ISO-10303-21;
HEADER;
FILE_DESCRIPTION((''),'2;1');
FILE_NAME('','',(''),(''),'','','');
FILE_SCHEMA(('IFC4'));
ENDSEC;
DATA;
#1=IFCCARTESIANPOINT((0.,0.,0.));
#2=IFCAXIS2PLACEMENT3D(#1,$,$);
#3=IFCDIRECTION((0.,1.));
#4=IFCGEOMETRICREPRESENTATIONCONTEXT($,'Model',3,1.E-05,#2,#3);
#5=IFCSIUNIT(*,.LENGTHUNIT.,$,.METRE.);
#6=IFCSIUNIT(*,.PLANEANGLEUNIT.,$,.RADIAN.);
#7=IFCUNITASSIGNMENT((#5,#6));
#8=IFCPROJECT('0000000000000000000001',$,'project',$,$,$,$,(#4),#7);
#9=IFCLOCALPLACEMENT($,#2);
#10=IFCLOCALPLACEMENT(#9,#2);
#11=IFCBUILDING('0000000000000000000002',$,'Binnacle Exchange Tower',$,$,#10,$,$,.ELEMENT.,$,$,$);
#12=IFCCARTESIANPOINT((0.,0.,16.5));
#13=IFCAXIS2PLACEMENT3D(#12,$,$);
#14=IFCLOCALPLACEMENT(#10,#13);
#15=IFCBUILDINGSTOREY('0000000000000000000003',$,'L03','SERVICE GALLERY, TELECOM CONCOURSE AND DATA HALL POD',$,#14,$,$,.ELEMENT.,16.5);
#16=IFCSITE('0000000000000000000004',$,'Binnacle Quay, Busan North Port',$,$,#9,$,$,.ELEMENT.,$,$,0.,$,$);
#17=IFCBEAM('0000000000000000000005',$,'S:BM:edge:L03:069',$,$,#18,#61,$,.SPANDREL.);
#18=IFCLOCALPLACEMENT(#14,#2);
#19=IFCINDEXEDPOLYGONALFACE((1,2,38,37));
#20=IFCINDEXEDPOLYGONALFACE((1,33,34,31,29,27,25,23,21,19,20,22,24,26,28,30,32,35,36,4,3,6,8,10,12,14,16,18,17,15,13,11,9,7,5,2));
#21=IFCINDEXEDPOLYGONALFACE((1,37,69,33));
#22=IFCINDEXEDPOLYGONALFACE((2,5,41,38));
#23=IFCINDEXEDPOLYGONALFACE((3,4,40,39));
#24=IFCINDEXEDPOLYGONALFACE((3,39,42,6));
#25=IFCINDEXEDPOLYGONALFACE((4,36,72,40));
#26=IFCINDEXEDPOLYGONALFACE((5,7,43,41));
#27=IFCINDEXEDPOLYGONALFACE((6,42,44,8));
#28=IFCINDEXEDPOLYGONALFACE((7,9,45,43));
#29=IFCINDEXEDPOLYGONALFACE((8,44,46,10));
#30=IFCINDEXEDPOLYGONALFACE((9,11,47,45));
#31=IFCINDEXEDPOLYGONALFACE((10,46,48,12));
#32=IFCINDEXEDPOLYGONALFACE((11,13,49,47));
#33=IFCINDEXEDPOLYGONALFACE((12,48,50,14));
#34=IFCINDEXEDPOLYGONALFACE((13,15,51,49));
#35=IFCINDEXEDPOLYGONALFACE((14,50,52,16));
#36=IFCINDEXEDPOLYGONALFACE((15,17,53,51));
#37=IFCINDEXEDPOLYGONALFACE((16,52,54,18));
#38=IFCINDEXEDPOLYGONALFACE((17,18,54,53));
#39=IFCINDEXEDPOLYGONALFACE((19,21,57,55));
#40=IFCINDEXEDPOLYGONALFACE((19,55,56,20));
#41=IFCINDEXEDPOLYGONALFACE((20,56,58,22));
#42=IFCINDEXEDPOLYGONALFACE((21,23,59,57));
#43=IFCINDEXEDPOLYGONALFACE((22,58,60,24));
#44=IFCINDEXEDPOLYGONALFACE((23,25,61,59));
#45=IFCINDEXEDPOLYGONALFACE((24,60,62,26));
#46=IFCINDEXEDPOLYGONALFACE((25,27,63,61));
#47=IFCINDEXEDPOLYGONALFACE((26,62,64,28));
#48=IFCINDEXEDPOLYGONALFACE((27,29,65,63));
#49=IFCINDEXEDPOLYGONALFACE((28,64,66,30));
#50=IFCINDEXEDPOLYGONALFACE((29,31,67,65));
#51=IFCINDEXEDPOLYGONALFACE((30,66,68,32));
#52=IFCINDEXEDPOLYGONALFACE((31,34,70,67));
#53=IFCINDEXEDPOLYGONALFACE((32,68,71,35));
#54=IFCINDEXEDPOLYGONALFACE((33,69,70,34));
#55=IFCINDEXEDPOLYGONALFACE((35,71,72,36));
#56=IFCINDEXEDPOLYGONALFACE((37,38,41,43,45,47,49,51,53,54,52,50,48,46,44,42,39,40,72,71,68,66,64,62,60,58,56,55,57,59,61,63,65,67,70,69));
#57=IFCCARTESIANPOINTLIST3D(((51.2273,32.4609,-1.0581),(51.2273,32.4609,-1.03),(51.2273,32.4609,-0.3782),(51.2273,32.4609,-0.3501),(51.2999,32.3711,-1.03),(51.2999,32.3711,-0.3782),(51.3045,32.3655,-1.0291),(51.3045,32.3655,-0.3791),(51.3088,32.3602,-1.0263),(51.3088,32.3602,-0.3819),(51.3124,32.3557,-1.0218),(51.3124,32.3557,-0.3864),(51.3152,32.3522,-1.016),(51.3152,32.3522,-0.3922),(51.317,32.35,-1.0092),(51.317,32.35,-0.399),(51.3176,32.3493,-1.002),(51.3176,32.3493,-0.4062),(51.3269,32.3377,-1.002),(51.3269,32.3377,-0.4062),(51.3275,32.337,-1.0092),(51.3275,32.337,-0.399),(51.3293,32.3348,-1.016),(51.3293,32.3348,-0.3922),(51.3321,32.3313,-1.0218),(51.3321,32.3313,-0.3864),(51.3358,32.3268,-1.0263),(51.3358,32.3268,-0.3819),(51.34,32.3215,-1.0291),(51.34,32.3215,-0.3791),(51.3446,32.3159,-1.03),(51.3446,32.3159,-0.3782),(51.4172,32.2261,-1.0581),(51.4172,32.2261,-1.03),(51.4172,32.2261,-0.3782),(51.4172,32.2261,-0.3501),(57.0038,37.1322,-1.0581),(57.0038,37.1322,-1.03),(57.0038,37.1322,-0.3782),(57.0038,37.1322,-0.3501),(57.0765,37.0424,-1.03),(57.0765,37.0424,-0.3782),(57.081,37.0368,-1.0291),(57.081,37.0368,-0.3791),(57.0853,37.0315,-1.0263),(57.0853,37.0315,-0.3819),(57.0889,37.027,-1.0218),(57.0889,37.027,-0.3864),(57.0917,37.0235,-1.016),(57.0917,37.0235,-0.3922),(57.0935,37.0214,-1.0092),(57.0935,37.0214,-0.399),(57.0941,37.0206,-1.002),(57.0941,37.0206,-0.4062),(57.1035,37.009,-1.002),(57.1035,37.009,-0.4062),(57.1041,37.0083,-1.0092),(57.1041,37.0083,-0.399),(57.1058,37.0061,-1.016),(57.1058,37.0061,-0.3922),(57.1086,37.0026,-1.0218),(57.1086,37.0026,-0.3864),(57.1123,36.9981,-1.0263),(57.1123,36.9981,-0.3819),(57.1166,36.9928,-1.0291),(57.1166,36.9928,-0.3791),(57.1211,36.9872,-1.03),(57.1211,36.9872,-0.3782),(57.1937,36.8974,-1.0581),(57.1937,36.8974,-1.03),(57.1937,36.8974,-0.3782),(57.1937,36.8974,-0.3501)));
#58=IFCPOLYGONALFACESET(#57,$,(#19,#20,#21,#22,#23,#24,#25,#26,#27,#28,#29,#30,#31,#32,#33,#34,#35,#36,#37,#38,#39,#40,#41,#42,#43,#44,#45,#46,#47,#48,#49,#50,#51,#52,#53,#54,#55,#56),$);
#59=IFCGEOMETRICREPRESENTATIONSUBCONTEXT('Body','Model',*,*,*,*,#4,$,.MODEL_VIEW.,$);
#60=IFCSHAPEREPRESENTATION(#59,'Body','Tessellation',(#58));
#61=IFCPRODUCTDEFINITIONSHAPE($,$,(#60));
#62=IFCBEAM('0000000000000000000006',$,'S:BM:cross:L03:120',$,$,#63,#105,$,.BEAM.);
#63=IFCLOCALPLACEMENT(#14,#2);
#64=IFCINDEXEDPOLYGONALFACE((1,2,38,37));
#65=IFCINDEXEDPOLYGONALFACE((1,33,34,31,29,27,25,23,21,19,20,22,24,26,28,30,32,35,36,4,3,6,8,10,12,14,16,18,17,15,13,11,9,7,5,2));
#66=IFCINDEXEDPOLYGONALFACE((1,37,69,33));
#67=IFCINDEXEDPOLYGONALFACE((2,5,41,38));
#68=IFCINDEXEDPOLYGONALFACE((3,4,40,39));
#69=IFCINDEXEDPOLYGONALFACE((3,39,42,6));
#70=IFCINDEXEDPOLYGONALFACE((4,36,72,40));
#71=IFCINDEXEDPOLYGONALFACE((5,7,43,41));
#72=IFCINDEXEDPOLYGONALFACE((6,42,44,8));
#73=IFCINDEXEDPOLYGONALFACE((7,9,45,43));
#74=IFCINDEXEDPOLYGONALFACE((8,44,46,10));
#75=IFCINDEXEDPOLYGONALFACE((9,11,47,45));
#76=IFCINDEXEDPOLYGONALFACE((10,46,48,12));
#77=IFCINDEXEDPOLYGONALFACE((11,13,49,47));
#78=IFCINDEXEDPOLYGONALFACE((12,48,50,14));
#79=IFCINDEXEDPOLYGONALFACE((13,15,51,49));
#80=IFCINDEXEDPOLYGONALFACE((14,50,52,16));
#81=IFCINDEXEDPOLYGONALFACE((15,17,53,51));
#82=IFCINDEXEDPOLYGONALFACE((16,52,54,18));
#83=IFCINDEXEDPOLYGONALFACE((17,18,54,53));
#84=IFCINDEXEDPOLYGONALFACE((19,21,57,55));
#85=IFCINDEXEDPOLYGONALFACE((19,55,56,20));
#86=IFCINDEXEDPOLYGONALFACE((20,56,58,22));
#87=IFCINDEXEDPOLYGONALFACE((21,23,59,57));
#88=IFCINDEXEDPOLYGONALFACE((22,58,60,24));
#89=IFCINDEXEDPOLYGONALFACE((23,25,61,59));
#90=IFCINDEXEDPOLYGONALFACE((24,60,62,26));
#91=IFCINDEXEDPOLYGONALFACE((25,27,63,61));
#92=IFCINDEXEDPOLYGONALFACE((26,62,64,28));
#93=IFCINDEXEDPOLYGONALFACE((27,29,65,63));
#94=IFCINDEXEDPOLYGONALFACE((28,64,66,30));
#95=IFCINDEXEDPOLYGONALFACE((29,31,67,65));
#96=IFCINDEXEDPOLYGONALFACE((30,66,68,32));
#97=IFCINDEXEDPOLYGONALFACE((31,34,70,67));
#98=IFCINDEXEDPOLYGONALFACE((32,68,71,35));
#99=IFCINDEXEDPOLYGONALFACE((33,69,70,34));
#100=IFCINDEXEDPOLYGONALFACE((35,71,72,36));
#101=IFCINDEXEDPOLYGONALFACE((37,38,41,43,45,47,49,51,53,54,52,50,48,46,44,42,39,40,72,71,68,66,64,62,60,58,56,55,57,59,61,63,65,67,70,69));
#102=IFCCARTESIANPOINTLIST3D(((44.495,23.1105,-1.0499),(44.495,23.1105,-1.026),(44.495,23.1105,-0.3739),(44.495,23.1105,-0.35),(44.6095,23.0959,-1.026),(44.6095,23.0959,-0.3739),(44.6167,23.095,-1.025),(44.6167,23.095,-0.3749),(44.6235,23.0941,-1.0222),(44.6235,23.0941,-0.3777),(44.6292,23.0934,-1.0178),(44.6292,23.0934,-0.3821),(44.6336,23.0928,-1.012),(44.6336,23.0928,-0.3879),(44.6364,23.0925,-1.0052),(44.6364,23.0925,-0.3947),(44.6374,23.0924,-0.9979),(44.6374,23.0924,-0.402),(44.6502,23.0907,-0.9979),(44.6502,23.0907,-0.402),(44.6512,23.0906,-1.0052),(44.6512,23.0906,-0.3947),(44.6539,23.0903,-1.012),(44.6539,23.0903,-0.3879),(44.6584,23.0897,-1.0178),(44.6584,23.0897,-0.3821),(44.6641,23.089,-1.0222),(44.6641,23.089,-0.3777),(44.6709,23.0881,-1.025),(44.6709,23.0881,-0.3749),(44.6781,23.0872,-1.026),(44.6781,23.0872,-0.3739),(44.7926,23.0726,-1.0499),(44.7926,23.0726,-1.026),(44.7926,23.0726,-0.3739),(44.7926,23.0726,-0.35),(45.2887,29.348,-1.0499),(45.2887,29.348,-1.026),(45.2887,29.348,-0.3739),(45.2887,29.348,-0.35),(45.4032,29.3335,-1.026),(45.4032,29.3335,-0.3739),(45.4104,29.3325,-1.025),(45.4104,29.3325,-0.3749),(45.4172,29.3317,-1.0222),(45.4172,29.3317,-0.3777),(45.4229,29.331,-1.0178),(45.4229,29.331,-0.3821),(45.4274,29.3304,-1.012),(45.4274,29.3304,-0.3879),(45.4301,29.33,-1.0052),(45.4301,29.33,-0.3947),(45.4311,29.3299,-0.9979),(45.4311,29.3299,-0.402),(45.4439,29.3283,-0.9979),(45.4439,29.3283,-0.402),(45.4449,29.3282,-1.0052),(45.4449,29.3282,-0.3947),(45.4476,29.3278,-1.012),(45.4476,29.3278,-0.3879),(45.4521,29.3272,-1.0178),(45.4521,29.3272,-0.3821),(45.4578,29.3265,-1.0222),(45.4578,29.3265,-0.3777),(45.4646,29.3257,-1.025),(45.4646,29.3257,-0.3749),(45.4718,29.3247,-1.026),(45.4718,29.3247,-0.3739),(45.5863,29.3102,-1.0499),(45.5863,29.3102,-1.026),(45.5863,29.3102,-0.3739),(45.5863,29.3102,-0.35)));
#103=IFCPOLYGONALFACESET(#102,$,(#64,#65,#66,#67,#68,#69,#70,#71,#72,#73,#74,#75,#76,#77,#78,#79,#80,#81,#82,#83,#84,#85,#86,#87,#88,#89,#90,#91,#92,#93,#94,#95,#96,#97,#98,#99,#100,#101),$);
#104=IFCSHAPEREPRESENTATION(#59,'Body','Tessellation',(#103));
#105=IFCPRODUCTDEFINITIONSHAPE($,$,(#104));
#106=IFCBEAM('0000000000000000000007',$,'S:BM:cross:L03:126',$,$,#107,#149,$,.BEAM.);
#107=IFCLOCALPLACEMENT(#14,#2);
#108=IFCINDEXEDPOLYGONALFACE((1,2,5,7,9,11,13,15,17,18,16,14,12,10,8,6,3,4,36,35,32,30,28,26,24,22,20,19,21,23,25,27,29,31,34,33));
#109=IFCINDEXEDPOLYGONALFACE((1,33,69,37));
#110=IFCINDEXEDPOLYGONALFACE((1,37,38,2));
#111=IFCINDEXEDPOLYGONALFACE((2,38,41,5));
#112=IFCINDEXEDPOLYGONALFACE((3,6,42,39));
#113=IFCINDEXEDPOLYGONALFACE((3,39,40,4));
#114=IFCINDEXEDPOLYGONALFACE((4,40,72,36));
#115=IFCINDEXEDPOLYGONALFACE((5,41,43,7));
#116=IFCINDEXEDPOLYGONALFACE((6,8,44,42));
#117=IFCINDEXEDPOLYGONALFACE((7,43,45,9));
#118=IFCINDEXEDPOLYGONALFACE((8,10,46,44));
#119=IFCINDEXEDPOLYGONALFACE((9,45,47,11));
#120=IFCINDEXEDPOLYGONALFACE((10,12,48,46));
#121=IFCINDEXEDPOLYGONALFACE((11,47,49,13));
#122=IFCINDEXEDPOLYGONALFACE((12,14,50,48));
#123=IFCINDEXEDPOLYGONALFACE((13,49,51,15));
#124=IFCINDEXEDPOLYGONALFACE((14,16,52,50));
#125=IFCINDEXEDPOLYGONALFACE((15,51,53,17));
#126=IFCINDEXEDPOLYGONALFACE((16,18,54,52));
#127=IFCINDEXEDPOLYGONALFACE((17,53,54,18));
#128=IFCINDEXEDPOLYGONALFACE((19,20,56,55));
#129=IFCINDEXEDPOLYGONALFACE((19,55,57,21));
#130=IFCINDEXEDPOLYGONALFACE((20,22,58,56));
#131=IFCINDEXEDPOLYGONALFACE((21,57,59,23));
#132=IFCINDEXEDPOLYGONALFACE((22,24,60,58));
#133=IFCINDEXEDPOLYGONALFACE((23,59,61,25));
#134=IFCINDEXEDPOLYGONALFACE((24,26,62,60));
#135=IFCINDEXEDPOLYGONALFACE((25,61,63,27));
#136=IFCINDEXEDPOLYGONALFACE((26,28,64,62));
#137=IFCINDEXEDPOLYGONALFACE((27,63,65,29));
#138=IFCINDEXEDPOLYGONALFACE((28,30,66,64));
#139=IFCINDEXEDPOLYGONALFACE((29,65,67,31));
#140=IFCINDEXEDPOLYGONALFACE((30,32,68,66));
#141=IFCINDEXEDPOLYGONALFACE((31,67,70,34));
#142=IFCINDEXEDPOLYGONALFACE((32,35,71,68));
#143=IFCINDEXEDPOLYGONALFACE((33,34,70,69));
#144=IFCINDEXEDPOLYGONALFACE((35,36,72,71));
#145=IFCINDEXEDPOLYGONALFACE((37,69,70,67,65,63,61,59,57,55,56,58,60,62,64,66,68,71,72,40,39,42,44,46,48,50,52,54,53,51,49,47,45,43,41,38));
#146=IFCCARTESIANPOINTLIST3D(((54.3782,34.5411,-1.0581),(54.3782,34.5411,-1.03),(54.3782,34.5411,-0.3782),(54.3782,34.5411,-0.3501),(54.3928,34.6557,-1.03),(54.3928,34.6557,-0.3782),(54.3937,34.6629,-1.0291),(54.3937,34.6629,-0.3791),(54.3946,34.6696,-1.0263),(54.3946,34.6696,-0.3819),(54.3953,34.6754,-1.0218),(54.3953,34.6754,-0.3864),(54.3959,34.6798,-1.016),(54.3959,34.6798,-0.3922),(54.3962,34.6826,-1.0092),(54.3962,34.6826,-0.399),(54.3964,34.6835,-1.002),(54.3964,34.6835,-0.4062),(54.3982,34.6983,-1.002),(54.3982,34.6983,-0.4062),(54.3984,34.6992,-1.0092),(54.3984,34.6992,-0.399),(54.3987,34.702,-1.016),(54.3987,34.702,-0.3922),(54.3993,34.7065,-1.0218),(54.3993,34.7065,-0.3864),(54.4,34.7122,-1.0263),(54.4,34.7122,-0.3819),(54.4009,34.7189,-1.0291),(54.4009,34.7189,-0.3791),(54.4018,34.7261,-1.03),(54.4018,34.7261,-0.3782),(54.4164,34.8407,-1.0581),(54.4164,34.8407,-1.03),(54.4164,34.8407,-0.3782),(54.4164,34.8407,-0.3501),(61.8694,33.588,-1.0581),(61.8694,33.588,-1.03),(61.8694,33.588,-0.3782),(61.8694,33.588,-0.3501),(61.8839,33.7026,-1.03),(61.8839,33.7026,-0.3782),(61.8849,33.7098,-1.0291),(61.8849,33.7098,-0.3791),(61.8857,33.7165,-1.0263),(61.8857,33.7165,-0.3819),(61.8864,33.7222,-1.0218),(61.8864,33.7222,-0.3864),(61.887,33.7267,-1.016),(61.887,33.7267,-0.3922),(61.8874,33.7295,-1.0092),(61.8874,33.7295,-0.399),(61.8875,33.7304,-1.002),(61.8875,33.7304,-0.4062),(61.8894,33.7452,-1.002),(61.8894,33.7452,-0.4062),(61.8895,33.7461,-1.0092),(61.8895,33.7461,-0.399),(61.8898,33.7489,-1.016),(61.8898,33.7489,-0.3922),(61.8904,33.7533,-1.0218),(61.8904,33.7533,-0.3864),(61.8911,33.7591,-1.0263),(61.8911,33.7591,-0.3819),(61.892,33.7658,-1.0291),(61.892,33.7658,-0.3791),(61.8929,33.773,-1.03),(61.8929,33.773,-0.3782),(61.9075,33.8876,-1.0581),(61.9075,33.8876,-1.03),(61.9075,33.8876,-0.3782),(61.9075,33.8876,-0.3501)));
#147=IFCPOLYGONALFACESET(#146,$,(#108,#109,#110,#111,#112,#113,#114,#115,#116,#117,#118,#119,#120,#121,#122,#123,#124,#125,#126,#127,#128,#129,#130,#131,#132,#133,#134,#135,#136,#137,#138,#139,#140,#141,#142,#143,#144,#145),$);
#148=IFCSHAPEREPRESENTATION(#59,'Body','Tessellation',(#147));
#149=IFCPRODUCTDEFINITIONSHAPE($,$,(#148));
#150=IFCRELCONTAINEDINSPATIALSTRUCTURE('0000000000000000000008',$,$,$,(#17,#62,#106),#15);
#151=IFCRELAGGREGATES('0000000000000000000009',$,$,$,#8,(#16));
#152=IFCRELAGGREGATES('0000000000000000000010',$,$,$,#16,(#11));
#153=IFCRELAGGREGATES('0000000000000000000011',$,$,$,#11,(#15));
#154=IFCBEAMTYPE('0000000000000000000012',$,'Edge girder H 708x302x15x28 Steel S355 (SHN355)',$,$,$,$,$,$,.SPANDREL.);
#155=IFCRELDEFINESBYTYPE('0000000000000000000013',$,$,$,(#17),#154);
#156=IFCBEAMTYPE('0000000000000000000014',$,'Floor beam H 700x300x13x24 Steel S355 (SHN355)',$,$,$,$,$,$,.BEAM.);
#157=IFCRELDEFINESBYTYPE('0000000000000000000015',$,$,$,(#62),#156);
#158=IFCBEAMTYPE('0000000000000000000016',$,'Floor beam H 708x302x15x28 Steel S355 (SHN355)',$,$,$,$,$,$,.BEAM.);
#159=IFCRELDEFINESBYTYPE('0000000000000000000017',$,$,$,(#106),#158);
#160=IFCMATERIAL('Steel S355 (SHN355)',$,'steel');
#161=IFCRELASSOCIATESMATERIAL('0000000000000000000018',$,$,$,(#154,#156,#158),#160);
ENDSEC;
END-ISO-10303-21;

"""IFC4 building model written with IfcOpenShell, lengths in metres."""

from ifc_helpers import new_model, si_unit, direction, frame, origin, origin_2d, place, context, subcontext, project, spatial, i_section, extrude, material, material_profile, profile_set, type_object, element, save


model = new_model("IFC4")

# Units and contexts
model_context = context("Model", 3, precision=1e-05, world=origin(), true_north=direction((0.0, 1.0)))
body_context = subcontext(model_context, "Body", "Model", "MODEL_VIEW")
ifc_project = project(units=[si_unit("LENGTHUNIT", "METRE"), si_unit("PLANEANGLEUNIT", "RADIAN")], contexts=[model_context])

# Site, building, storey
site_placement = place(None, origin())
site = spatial("IfcSite", under=ifc_project, at=site_placement, Name="Binnacle Quay, Busan North Port", CompositionType="ELEMENT", RefElevation=0.0)
building_placement = place(site_placement, origin())
building = spatial("IfcBuilding", under=site, at=building_placement, Name="Binnacle Exchange Tower", CompositionType="ELEMENT")
storey_placement = place(building_placement, frame((0.0, 0.0, 16.5)))
storey = spatial("IfcBuildingStorey", under=building, at=storey_placement, Name="L03", Description="SERVICE GALLERY, TELECOM CONCOURSE AND DATA HALL POD", CompositionType="ELEMENT", Elevation=16.5)

# Beams
ifc_material_1 = material(Name="Steel S355 (SHN355)", Category="steel")
ifc_material_profile_1 = material_profile(ifc_material_1, i_section(OverallWidth=0.302, OverallDepth=0.708, WebThickness=0.0149, FlangeThickness=0.0281, FilletRadius=0.0281, at=origin_2d()), Name="H 708x302x15x28")
ifc_profile_set_1 = profile_set([ifc_material_profile_1], Name="Steel S355 (SHN355)")
beam_type_1 = type_object("IfcBeamType", Name="Edge girder H 708x302x15x28 Steel S355 (SHN355)", PredefinedType="SPANDREL", material=ifc_profile_set_1)
beam_1_placement = place(storey_placement, frame((51.3223, 32.3435, -0.7041), z_axis=(0.777568, 0.628798, 0.0), x_axis=(-0.628798, 0.777568, 0.0)))
element("IfcBeam", 1, at=beam_1_placement, inside=storey, type_object=beam_type_1, Name="S:BM:edge:L03:069", PredefinedType="SPANDREL", context=body_context, shape_type="SweptSolid", body=[
    extrude(i_section(OverallWidth=0.302, OverallDepth=0.708, WebThickness=0.0149, FlangeThickness=0.0281, FilletRadius=0.0281, at=origin_2d()), origin(), (0.0, 0.0, 1.0), 7.429),
])
ifc_material_profile_2 = material_profile(ifc_material_1, i_section(OverallWidth=0.3, OverallDepth=0.7, WebThickness=0.0129, FlangeThickness=0.0239, FilletRadius=0.0281, at=origin_2d()), Name="H 700x300x13x24")
ifc_profile_set_2 = profile_set([ifc_material_profile_2], Name="Steel S355 (SHN355)")
beam_type_2 = type_object("IfcBeamType", Name="Floor beam H 700x300x13x24 Steel S355 (SHN355)", PredefinedType="BEAM", material=ifc_profile_set_2)
beam_2_placement = place(storey_placement, frame((44.6438, 23.0916, -0.7), z_axis=(0.126228, 0.992001, 0.0), x_axis=(-0.992001, 0.126228, 0.0)))
element("IfcBeam", 2, at=beam_2_placement, inside=storey, type_object=beam_type_2, Name="S:BM:cross:L03:120", PredefinedType="BEAM", context=body_context, shape_type="SweptSolid", body=[
    extrude(i_section(OverallWidth=0.3, OverallDepth=0.7, WebThickness=0.0129, FlangeThickness=0.0239, FilletRadius=0.0281, at=origin_2d()), origin(), (0.0, 0.0, 1.0), 6.2878),
])
ifc_material_profile_3 = material_profile(ifc_material_1, i_section(OverallWidth=0.302, OverallDepth=0.708, WebThickness=0.0149, FlangeThickness=0.0281, FilletRadius=0.0281, at=origin_2d()), Name="H 708x302x15x28")
ifc_profile_set_3 = profile_set([ifc_material_profile_3], Name="Steel S355 (SHN355)")
beam_type_3 = type_object("IfcBeamType", Name="Floor beam H 708x302x15x28 Steel S355 (SHN355)", PredefinedType="BEAM", material=ifc_profile_set_3)
beam_3_placement = place(storey_placement, frame((61.8884, 33.7378, -0.7041), z_axis=(-0.992003, 0.126215, 0.0), x_axis=(-0.126215, -0.992003, 0.0)))
element("IfcBeam", 3, at=beam_3_placement, inside=storey, type_object=beam_type_3, Name="S:BM:cross:L03:126", PredefinedType="BEAM", context=body_context, shape_type="SweptSolid", body=[
    extrude(i_section(OverallWidth=0.302, OverallDepth=0.708, WebThickness=0.0149, FlangeThickness=0.0281, FilletRadius=0.0281, at=origin_2d()), origin(), (0.0, 0.0, 1.0), 7.5515),
])

save(model, "model.ifc")
